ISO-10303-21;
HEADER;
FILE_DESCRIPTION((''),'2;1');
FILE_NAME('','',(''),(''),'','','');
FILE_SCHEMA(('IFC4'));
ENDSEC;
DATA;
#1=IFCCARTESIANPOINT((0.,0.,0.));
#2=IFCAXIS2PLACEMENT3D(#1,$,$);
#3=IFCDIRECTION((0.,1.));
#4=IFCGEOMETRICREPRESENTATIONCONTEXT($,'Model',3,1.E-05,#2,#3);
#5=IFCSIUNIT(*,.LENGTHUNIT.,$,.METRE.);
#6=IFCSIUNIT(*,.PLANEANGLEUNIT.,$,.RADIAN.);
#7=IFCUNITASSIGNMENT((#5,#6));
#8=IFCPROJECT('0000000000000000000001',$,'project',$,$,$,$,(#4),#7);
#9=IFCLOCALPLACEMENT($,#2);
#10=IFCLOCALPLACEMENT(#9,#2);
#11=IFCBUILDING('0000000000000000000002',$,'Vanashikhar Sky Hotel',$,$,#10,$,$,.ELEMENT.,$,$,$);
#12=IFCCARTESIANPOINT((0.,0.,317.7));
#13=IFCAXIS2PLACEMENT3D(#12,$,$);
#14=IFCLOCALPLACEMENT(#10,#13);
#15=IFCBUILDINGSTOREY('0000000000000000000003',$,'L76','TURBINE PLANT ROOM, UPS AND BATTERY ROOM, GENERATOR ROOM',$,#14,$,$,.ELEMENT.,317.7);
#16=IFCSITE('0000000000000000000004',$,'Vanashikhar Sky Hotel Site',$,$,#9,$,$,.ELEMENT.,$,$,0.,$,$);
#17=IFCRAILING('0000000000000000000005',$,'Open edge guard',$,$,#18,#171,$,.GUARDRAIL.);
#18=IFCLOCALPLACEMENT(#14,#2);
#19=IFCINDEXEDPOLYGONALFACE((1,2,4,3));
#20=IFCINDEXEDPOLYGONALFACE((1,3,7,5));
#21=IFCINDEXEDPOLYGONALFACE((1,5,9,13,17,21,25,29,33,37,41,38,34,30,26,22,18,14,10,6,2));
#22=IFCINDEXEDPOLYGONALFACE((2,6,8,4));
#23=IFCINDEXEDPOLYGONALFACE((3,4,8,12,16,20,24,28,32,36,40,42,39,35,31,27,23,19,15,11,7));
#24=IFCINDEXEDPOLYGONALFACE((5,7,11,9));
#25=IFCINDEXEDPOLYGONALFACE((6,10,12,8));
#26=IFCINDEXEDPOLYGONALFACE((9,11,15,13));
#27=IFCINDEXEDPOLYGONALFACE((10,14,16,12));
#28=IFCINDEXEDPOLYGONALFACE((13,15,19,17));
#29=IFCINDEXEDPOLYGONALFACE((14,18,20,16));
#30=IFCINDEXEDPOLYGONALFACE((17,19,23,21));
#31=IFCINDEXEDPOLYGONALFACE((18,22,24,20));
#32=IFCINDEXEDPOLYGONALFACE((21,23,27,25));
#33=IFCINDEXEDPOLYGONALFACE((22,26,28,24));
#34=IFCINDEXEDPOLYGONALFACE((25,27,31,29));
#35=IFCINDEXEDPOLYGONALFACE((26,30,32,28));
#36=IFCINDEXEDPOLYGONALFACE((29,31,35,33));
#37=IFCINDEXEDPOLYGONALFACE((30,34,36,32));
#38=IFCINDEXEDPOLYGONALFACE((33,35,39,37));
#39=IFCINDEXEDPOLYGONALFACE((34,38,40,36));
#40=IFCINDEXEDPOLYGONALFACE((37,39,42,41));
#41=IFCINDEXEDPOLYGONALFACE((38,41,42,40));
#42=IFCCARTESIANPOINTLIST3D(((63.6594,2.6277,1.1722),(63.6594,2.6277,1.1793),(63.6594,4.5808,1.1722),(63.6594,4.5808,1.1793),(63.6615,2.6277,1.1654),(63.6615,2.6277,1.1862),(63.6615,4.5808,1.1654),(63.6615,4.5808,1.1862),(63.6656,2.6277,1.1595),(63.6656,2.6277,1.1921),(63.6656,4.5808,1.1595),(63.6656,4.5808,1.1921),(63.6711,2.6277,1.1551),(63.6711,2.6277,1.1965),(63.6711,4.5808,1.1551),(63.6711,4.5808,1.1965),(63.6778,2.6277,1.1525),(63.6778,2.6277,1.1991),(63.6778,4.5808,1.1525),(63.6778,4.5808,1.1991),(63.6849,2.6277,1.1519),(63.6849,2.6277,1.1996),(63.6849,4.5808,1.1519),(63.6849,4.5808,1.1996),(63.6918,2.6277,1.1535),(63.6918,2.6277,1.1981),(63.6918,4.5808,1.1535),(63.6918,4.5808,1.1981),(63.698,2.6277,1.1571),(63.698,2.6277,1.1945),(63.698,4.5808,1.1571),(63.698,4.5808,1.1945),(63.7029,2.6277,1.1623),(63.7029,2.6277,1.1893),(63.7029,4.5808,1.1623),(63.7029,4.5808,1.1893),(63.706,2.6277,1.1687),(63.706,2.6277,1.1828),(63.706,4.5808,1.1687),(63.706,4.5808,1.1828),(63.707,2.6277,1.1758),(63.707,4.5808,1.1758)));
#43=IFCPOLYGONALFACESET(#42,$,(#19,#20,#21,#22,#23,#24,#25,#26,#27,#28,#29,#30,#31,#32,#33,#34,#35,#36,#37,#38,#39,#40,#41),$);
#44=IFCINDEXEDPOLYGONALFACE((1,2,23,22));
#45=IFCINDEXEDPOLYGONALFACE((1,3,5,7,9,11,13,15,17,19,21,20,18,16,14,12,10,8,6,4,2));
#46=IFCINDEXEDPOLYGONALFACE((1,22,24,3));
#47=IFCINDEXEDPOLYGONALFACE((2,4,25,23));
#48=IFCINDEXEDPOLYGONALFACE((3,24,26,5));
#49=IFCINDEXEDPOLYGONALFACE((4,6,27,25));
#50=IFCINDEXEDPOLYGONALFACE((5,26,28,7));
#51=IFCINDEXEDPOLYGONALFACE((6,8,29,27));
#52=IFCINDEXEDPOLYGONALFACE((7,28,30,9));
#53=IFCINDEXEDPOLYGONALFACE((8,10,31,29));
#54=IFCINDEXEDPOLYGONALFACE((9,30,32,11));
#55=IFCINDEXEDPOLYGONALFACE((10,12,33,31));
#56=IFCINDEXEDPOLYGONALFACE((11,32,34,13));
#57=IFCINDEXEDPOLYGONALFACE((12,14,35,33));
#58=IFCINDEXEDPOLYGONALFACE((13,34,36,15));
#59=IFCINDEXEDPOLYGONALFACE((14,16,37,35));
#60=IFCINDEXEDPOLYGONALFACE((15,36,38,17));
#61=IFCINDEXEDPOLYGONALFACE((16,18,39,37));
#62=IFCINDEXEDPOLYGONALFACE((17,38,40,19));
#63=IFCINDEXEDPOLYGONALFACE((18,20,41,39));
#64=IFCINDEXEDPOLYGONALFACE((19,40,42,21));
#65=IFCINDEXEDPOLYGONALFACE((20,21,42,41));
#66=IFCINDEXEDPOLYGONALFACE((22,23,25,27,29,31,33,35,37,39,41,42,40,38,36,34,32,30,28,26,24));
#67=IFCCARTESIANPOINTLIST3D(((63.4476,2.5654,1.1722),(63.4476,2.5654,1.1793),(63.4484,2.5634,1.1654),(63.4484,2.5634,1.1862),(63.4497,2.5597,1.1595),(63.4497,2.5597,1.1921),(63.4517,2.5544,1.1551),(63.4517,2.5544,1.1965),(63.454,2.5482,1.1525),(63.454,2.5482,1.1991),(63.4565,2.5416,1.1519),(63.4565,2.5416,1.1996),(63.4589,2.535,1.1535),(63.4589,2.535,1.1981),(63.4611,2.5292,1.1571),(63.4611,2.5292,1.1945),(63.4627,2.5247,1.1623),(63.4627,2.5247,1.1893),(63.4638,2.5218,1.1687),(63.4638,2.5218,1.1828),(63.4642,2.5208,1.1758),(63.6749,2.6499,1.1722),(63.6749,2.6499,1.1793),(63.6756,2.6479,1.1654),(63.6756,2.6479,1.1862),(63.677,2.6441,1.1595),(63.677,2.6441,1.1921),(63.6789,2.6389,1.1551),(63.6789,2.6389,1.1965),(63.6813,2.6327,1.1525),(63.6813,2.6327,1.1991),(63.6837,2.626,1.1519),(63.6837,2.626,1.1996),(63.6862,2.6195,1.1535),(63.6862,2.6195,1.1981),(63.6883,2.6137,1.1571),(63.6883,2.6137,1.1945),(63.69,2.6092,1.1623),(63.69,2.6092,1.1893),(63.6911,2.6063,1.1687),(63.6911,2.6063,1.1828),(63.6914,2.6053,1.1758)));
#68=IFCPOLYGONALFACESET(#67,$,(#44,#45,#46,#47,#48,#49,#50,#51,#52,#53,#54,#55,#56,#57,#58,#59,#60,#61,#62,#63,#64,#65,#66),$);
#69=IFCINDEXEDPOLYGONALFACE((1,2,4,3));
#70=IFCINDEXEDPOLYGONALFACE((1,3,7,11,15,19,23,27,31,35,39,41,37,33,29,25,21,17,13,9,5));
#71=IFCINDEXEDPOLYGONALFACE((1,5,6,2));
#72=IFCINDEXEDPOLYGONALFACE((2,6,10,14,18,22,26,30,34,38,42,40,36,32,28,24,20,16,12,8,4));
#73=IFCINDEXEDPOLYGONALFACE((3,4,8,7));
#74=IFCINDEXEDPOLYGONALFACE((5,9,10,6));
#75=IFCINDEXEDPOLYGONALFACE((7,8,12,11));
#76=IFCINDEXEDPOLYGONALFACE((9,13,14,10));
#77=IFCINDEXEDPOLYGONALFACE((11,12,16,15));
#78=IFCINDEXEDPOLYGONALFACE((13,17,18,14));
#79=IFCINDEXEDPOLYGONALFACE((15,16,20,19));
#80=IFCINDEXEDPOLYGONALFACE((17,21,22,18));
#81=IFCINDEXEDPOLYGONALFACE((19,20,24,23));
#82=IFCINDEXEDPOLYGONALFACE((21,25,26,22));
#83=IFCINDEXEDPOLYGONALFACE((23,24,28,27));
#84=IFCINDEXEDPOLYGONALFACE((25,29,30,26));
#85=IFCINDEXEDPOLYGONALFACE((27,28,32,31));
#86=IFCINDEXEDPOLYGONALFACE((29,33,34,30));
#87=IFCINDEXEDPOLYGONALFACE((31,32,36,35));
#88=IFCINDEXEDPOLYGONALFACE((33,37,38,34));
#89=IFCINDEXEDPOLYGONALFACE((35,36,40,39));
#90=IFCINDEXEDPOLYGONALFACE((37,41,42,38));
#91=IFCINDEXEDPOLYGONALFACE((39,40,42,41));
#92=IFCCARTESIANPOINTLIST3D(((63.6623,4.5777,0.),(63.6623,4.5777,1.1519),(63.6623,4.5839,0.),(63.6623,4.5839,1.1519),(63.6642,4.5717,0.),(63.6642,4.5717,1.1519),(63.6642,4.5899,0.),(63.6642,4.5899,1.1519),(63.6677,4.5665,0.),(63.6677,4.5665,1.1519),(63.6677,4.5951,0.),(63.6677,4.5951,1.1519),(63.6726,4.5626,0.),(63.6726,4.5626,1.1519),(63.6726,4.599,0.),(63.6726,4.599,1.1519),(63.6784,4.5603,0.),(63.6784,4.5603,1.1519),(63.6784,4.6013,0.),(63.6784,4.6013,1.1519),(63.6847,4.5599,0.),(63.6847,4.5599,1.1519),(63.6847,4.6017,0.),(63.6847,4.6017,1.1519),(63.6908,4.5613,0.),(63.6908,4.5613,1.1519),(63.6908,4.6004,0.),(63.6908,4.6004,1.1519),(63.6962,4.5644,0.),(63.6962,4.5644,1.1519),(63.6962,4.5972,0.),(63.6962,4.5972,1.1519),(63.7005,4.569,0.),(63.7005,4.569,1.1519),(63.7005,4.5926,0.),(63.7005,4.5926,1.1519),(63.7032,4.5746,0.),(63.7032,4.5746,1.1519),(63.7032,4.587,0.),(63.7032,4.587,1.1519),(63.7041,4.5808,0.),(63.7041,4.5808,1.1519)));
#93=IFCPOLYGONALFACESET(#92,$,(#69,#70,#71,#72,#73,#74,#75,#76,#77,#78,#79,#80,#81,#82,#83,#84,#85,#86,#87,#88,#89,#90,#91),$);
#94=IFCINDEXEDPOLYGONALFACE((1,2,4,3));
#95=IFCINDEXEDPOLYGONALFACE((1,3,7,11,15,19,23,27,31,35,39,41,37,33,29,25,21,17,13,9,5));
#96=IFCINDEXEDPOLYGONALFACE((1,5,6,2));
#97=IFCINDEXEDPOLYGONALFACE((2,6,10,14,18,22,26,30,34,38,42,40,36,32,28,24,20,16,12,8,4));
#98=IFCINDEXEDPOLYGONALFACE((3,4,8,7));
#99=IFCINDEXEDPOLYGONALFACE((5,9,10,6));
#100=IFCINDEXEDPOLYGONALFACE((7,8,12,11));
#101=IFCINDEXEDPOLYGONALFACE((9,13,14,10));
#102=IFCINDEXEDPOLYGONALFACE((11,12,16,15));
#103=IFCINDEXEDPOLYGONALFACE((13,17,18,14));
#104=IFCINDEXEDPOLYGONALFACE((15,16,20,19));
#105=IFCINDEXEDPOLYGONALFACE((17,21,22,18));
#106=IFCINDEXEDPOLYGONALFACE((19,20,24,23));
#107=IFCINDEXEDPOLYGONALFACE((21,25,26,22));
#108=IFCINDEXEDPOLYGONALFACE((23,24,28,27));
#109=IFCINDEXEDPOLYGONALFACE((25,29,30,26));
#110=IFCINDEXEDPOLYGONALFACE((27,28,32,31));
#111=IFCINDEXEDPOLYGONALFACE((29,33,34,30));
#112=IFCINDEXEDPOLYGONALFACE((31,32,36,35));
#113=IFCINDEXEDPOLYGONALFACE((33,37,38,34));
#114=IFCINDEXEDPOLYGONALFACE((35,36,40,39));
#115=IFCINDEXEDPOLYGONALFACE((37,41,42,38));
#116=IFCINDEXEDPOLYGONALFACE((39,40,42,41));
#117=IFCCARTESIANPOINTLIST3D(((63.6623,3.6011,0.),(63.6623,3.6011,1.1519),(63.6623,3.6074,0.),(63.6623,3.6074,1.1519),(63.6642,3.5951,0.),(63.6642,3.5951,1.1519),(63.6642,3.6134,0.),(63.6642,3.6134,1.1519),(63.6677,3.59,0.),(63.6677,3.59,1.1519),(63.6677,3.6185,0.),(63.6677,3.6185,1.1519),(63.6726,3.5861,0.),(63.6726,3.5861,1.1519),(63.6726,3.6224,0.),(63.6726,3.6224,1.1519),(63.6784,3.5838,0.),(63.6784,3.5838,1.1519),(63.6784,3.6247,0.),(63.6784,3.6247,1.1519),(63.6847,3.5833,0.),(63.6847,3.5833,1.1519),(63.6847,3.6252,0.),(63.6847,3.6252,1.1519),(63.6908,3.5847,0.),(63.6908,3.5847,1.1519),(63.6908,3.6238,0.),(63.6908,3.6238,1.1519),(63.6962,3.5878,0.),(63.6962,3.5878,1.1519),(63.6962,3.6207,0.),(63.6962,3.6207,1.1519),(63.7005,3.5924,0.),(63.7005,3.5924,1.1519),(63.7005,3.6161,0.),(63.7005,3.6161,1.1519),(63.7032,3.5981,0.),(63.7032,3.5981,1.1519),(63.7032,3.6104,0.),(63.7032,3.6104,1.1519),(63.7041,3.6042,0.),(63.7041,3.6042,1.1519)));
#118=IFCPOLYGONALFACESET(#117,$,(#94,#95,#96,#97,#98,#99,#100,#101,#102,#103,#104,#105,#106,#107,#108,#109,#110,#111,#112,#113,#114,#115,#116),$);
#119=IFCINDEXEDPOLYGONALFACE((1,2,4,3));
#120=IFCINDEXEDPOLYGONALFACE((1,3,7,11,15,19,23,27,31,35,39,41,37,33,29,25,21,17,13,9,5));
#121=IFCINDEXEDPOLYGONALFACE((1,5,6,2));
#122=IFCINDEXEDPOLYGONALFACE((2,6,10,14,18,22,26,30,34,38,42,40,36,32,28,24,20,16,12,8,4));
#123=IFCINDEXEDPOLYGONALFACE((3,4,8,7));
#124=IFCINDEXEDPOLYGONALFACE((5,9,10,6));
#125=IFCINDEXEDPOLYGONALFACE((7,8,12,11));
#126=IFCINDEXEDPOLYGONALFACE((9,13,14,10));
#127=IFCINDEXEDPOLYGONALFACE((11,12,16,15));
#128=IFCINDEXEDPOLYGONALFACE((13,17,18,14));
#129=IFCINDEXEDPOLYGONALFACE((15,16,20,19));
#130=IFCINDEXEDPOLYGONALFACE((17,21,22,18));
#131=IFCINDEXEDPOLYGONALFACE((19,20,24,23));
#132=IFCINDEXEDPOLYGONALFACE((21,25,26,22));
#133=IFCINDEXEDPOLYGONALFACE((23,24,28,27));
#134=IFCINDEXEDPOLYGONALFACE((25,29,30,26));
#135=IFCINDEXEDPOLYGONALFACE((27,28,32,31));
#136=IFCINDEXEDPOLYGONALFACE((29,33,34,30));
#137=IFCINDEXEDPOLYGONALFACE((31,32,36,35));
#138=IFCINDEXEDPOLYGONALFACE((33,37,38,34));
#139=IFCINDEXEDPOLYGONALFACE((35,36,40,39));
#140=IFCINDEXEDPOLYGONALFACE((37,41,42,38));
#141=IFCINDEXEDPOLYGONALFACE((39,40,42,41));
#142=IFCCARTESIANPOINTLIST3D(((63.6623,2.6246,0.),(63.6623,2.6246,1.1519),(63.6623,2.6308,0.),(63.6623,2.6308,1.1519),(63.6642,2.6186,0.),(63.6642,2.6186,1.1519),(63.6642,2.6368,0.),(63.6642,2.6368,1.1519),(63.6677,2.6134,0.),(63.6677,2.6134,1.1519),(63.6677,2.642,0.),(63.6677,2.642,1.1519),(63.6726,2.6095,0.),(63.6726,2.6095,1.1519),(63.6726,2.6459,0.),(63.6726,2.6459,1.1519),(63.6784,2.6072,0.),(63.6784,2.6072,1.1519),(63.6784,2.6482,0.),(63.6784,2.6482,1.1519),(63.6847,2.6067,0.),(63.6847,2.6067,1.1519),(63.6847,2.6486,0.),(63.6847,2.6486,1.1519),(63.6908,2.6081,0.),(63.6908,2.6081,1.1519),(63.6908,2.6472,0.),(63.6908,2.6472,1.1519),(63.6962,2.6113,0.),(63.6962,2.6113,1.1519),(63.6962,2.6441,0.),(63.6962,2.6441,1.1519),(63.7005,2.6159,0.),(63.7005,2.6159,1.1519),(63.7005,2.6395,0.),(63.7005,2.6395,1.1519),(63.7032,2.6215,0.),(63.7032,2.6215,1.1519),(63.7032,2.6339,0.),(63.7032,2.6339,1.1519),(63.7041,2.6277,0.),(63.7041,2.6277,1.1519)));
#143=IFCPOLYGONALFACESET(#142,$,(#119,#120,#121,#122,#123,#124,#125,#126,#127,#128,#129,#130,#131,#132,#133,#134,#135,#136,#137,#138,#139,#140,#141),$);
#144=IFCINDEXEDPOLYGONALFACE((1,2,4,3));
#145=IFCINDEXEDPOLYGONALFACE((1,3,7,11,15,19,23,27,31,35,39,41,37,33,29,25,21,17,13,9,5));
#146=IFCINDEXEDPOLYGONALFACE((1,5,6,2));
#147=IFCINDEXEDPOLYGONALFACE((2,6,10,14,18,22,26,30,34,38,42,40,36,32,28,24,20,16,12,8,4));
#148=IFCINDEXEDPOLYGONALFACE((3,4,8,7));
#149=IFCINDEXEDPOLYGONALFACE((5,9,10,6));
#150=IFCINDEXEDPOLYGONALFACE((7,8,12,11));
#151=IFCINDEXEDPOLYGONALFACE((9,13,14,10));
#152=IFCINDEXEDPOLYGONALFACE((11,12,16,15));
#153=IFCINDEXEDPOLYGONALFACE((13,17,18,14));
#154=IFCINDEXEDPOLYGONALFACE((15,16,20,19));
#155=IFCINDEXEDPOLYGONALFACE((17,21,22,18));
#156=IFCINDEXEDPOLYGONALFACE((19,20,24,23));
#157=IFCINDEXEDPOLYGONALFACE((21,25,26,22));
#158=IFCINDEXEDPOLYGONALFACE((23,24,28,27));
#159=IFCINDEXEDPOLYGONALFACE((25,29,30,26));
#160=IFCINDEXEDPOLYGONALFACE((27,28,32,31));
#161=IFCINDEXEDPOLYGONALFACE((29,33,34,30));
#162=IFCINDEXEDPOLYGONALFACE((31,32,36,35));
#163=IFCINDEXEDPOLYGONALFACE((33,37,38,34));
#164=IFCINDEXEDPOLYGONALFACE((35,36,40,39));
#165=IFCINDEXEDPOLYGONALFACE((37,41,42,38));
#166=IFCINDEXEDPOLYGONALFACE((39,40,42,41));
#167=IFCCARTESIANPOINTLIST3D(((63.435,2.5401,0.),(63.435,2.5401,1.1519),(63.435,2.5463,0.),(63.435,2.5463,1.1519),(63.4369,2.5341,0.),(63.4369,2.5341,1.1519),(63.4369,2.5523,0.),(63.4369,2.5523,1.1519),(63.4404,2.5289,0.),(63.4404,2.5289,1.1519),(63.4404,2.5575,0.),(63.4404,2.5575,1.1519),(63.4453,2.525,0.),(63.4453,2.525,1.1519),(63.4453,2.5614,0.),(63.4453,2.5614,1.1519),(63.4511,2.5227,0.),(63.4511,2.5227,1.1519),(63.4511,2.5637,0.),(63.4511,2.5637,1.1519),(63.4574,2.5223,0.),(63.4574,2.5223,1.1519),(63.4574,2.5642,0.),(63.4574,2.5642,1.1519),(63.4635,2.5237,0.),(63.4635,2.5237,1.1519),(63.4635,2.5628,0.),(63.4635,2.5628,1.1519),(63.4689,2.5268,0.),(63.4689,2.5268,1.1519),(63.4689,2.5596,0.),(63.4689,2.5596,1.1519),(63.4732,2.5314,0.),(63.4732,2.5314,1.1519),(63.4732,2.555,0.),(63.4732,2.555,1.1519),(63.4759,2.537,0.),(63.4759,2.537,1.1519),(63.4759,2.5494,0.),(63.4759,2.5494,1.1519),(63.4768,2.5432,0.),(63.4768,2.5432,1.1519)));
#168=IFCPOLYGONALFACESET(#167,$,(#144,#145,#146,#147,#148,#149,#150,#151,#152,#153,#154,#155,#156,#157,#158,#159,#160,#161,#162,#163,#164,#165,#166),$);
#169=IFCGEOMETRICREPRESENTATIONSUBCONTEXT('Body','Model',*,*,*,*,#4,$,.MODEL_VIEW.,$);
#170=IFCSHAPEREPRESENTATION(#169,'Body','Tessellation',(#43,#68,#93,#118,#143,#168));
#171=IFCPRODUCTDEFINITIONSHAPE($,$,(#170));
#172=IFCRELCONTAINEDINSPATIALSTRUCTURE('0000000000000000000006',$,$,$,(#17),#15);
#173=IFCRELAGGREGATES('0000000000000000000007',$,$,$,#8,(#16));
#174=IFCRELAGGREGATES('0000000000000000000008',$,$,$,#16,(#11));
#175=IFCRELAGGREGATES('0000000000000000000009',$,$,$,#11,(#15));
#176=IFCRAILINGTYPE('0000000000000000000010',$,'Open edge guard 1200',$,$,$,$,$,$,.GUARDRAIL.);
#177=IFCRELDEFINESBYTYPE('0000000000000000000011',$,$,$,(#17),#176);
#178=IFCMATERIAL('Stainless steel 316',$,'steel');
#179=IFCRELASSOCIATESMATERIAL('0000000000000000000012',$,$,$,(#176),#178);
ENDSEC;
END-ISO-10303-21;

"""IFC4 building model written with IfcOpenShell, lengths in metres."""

from ifc_helpers import new_model, si_unit, direction, frame, origin, origin_2d, place, context, subcontext, project, spatial, circle, extrude, source, transform, mapped, material, type_object, element, save


model = new_model("IFC4")

# Units and contexts
model_context = context("Model", 3, precision=1e-05, world=origin(), true_north=direction((0.0, 1.0)))
body_context = subcontext(model_context, "Body", "Model", "MODEL_VIEW")
ifc_project = project(units=[si_unit("LENGTHUNIT", "METRE"), si_unit("PLANEANGLEUNIT", "RADIAN")], contexts=[model_context])

# Site, building, storey
site_placement = place(None, origin())
site = spatial("IfcSite", under=ifc_project, at=site_placement, Name="Vanashikhar Sky Hotel Site", CompositionType="ELEMENT", RefElevation=0.0)
building_placement = place(site_placement, origin())
building = spatial("IfcBuilding", under=site, at=building_placement, Name="Vanashikhar Sky Hotel", CompositionType="ELEMENT")
storey_placement = place(building_placement, frame((0.0, 0.0, 317.7)))
storey = spatial("IfcBuildingStorey", under=building, at=storey_placement, Name="L76", Description="TURBINE PLANT ROOM, UPS AND BATTERY ROOM, GENERATOR ROOM", CompositionType="ELEMENT", Elevation=317.7)

# Railing
ifc_material_1 = material(Name="Stainless steel 316", Category="steel")
railing_type = type_object("IfcRailingType", Name="Open edge guard 1200", PredefinedType="GUARDRAIL", material=ifc_material_1)
shared_shape_1 = source(origin(), body_context, "Body", "SweptSolid", [
    extrude(circle(Radius=0.0239, at=origin_2d()), frame((0.0, 0.0, 1.1758), z_axis=(0.0, -1.0, 0.0), x_axis=(1.0, 0.0, 0.0)), (0.0, 0.0, 1.0), 1.9531),
    extrude(circle(Radius=0.0239, at=origin_2d()), frame((0.0, -1.9531, 1.1758), z_axis=(-0.93736, -0.348363, 0.0), x_axis=(0.348363, -0.93736, 0.0)), (0.0, 0.0, 1.0), 0.2424),
    extrude(circle(Radius=0.021, at=origin_2d()), origin(), (0.0, 0.0, 1.0), 1.1519),
    extrude(circle(Radius=0.021, at=origin_2d()), frame((0.0, -0.9766, 0.0)), (0.0, 0.0, 1.0), 1.1519),
    extrude(circle(Radius=0.021, at=origin_2d()), frame((0.0, -1.9531, 0.0)), (0.0, 0.0, 1.0), 1.1519),
    extrude(circle(Radius=0.021, at=origin_2d()), frame((-0.2273, -2.0376, 0.0)), (0.0, 0.0, 1.0), 1.1519),
])
railing_1_placement = place(storey_placement, frame((63.6831, 4.5808, 0.0)))
element("IfcRailing", 1, at=railing_1_placement, inside=storey, type_object=railing_type, Name="Open edge guard", PredefinedType="GUARDRAIL", context=body_context, shape_type="MappedRepresentation", body=[
    mapped(shared_shape_1, transform((0.0, 0.0, 0.0), scale=1.0)),
])

save(model, "model.ifc")
